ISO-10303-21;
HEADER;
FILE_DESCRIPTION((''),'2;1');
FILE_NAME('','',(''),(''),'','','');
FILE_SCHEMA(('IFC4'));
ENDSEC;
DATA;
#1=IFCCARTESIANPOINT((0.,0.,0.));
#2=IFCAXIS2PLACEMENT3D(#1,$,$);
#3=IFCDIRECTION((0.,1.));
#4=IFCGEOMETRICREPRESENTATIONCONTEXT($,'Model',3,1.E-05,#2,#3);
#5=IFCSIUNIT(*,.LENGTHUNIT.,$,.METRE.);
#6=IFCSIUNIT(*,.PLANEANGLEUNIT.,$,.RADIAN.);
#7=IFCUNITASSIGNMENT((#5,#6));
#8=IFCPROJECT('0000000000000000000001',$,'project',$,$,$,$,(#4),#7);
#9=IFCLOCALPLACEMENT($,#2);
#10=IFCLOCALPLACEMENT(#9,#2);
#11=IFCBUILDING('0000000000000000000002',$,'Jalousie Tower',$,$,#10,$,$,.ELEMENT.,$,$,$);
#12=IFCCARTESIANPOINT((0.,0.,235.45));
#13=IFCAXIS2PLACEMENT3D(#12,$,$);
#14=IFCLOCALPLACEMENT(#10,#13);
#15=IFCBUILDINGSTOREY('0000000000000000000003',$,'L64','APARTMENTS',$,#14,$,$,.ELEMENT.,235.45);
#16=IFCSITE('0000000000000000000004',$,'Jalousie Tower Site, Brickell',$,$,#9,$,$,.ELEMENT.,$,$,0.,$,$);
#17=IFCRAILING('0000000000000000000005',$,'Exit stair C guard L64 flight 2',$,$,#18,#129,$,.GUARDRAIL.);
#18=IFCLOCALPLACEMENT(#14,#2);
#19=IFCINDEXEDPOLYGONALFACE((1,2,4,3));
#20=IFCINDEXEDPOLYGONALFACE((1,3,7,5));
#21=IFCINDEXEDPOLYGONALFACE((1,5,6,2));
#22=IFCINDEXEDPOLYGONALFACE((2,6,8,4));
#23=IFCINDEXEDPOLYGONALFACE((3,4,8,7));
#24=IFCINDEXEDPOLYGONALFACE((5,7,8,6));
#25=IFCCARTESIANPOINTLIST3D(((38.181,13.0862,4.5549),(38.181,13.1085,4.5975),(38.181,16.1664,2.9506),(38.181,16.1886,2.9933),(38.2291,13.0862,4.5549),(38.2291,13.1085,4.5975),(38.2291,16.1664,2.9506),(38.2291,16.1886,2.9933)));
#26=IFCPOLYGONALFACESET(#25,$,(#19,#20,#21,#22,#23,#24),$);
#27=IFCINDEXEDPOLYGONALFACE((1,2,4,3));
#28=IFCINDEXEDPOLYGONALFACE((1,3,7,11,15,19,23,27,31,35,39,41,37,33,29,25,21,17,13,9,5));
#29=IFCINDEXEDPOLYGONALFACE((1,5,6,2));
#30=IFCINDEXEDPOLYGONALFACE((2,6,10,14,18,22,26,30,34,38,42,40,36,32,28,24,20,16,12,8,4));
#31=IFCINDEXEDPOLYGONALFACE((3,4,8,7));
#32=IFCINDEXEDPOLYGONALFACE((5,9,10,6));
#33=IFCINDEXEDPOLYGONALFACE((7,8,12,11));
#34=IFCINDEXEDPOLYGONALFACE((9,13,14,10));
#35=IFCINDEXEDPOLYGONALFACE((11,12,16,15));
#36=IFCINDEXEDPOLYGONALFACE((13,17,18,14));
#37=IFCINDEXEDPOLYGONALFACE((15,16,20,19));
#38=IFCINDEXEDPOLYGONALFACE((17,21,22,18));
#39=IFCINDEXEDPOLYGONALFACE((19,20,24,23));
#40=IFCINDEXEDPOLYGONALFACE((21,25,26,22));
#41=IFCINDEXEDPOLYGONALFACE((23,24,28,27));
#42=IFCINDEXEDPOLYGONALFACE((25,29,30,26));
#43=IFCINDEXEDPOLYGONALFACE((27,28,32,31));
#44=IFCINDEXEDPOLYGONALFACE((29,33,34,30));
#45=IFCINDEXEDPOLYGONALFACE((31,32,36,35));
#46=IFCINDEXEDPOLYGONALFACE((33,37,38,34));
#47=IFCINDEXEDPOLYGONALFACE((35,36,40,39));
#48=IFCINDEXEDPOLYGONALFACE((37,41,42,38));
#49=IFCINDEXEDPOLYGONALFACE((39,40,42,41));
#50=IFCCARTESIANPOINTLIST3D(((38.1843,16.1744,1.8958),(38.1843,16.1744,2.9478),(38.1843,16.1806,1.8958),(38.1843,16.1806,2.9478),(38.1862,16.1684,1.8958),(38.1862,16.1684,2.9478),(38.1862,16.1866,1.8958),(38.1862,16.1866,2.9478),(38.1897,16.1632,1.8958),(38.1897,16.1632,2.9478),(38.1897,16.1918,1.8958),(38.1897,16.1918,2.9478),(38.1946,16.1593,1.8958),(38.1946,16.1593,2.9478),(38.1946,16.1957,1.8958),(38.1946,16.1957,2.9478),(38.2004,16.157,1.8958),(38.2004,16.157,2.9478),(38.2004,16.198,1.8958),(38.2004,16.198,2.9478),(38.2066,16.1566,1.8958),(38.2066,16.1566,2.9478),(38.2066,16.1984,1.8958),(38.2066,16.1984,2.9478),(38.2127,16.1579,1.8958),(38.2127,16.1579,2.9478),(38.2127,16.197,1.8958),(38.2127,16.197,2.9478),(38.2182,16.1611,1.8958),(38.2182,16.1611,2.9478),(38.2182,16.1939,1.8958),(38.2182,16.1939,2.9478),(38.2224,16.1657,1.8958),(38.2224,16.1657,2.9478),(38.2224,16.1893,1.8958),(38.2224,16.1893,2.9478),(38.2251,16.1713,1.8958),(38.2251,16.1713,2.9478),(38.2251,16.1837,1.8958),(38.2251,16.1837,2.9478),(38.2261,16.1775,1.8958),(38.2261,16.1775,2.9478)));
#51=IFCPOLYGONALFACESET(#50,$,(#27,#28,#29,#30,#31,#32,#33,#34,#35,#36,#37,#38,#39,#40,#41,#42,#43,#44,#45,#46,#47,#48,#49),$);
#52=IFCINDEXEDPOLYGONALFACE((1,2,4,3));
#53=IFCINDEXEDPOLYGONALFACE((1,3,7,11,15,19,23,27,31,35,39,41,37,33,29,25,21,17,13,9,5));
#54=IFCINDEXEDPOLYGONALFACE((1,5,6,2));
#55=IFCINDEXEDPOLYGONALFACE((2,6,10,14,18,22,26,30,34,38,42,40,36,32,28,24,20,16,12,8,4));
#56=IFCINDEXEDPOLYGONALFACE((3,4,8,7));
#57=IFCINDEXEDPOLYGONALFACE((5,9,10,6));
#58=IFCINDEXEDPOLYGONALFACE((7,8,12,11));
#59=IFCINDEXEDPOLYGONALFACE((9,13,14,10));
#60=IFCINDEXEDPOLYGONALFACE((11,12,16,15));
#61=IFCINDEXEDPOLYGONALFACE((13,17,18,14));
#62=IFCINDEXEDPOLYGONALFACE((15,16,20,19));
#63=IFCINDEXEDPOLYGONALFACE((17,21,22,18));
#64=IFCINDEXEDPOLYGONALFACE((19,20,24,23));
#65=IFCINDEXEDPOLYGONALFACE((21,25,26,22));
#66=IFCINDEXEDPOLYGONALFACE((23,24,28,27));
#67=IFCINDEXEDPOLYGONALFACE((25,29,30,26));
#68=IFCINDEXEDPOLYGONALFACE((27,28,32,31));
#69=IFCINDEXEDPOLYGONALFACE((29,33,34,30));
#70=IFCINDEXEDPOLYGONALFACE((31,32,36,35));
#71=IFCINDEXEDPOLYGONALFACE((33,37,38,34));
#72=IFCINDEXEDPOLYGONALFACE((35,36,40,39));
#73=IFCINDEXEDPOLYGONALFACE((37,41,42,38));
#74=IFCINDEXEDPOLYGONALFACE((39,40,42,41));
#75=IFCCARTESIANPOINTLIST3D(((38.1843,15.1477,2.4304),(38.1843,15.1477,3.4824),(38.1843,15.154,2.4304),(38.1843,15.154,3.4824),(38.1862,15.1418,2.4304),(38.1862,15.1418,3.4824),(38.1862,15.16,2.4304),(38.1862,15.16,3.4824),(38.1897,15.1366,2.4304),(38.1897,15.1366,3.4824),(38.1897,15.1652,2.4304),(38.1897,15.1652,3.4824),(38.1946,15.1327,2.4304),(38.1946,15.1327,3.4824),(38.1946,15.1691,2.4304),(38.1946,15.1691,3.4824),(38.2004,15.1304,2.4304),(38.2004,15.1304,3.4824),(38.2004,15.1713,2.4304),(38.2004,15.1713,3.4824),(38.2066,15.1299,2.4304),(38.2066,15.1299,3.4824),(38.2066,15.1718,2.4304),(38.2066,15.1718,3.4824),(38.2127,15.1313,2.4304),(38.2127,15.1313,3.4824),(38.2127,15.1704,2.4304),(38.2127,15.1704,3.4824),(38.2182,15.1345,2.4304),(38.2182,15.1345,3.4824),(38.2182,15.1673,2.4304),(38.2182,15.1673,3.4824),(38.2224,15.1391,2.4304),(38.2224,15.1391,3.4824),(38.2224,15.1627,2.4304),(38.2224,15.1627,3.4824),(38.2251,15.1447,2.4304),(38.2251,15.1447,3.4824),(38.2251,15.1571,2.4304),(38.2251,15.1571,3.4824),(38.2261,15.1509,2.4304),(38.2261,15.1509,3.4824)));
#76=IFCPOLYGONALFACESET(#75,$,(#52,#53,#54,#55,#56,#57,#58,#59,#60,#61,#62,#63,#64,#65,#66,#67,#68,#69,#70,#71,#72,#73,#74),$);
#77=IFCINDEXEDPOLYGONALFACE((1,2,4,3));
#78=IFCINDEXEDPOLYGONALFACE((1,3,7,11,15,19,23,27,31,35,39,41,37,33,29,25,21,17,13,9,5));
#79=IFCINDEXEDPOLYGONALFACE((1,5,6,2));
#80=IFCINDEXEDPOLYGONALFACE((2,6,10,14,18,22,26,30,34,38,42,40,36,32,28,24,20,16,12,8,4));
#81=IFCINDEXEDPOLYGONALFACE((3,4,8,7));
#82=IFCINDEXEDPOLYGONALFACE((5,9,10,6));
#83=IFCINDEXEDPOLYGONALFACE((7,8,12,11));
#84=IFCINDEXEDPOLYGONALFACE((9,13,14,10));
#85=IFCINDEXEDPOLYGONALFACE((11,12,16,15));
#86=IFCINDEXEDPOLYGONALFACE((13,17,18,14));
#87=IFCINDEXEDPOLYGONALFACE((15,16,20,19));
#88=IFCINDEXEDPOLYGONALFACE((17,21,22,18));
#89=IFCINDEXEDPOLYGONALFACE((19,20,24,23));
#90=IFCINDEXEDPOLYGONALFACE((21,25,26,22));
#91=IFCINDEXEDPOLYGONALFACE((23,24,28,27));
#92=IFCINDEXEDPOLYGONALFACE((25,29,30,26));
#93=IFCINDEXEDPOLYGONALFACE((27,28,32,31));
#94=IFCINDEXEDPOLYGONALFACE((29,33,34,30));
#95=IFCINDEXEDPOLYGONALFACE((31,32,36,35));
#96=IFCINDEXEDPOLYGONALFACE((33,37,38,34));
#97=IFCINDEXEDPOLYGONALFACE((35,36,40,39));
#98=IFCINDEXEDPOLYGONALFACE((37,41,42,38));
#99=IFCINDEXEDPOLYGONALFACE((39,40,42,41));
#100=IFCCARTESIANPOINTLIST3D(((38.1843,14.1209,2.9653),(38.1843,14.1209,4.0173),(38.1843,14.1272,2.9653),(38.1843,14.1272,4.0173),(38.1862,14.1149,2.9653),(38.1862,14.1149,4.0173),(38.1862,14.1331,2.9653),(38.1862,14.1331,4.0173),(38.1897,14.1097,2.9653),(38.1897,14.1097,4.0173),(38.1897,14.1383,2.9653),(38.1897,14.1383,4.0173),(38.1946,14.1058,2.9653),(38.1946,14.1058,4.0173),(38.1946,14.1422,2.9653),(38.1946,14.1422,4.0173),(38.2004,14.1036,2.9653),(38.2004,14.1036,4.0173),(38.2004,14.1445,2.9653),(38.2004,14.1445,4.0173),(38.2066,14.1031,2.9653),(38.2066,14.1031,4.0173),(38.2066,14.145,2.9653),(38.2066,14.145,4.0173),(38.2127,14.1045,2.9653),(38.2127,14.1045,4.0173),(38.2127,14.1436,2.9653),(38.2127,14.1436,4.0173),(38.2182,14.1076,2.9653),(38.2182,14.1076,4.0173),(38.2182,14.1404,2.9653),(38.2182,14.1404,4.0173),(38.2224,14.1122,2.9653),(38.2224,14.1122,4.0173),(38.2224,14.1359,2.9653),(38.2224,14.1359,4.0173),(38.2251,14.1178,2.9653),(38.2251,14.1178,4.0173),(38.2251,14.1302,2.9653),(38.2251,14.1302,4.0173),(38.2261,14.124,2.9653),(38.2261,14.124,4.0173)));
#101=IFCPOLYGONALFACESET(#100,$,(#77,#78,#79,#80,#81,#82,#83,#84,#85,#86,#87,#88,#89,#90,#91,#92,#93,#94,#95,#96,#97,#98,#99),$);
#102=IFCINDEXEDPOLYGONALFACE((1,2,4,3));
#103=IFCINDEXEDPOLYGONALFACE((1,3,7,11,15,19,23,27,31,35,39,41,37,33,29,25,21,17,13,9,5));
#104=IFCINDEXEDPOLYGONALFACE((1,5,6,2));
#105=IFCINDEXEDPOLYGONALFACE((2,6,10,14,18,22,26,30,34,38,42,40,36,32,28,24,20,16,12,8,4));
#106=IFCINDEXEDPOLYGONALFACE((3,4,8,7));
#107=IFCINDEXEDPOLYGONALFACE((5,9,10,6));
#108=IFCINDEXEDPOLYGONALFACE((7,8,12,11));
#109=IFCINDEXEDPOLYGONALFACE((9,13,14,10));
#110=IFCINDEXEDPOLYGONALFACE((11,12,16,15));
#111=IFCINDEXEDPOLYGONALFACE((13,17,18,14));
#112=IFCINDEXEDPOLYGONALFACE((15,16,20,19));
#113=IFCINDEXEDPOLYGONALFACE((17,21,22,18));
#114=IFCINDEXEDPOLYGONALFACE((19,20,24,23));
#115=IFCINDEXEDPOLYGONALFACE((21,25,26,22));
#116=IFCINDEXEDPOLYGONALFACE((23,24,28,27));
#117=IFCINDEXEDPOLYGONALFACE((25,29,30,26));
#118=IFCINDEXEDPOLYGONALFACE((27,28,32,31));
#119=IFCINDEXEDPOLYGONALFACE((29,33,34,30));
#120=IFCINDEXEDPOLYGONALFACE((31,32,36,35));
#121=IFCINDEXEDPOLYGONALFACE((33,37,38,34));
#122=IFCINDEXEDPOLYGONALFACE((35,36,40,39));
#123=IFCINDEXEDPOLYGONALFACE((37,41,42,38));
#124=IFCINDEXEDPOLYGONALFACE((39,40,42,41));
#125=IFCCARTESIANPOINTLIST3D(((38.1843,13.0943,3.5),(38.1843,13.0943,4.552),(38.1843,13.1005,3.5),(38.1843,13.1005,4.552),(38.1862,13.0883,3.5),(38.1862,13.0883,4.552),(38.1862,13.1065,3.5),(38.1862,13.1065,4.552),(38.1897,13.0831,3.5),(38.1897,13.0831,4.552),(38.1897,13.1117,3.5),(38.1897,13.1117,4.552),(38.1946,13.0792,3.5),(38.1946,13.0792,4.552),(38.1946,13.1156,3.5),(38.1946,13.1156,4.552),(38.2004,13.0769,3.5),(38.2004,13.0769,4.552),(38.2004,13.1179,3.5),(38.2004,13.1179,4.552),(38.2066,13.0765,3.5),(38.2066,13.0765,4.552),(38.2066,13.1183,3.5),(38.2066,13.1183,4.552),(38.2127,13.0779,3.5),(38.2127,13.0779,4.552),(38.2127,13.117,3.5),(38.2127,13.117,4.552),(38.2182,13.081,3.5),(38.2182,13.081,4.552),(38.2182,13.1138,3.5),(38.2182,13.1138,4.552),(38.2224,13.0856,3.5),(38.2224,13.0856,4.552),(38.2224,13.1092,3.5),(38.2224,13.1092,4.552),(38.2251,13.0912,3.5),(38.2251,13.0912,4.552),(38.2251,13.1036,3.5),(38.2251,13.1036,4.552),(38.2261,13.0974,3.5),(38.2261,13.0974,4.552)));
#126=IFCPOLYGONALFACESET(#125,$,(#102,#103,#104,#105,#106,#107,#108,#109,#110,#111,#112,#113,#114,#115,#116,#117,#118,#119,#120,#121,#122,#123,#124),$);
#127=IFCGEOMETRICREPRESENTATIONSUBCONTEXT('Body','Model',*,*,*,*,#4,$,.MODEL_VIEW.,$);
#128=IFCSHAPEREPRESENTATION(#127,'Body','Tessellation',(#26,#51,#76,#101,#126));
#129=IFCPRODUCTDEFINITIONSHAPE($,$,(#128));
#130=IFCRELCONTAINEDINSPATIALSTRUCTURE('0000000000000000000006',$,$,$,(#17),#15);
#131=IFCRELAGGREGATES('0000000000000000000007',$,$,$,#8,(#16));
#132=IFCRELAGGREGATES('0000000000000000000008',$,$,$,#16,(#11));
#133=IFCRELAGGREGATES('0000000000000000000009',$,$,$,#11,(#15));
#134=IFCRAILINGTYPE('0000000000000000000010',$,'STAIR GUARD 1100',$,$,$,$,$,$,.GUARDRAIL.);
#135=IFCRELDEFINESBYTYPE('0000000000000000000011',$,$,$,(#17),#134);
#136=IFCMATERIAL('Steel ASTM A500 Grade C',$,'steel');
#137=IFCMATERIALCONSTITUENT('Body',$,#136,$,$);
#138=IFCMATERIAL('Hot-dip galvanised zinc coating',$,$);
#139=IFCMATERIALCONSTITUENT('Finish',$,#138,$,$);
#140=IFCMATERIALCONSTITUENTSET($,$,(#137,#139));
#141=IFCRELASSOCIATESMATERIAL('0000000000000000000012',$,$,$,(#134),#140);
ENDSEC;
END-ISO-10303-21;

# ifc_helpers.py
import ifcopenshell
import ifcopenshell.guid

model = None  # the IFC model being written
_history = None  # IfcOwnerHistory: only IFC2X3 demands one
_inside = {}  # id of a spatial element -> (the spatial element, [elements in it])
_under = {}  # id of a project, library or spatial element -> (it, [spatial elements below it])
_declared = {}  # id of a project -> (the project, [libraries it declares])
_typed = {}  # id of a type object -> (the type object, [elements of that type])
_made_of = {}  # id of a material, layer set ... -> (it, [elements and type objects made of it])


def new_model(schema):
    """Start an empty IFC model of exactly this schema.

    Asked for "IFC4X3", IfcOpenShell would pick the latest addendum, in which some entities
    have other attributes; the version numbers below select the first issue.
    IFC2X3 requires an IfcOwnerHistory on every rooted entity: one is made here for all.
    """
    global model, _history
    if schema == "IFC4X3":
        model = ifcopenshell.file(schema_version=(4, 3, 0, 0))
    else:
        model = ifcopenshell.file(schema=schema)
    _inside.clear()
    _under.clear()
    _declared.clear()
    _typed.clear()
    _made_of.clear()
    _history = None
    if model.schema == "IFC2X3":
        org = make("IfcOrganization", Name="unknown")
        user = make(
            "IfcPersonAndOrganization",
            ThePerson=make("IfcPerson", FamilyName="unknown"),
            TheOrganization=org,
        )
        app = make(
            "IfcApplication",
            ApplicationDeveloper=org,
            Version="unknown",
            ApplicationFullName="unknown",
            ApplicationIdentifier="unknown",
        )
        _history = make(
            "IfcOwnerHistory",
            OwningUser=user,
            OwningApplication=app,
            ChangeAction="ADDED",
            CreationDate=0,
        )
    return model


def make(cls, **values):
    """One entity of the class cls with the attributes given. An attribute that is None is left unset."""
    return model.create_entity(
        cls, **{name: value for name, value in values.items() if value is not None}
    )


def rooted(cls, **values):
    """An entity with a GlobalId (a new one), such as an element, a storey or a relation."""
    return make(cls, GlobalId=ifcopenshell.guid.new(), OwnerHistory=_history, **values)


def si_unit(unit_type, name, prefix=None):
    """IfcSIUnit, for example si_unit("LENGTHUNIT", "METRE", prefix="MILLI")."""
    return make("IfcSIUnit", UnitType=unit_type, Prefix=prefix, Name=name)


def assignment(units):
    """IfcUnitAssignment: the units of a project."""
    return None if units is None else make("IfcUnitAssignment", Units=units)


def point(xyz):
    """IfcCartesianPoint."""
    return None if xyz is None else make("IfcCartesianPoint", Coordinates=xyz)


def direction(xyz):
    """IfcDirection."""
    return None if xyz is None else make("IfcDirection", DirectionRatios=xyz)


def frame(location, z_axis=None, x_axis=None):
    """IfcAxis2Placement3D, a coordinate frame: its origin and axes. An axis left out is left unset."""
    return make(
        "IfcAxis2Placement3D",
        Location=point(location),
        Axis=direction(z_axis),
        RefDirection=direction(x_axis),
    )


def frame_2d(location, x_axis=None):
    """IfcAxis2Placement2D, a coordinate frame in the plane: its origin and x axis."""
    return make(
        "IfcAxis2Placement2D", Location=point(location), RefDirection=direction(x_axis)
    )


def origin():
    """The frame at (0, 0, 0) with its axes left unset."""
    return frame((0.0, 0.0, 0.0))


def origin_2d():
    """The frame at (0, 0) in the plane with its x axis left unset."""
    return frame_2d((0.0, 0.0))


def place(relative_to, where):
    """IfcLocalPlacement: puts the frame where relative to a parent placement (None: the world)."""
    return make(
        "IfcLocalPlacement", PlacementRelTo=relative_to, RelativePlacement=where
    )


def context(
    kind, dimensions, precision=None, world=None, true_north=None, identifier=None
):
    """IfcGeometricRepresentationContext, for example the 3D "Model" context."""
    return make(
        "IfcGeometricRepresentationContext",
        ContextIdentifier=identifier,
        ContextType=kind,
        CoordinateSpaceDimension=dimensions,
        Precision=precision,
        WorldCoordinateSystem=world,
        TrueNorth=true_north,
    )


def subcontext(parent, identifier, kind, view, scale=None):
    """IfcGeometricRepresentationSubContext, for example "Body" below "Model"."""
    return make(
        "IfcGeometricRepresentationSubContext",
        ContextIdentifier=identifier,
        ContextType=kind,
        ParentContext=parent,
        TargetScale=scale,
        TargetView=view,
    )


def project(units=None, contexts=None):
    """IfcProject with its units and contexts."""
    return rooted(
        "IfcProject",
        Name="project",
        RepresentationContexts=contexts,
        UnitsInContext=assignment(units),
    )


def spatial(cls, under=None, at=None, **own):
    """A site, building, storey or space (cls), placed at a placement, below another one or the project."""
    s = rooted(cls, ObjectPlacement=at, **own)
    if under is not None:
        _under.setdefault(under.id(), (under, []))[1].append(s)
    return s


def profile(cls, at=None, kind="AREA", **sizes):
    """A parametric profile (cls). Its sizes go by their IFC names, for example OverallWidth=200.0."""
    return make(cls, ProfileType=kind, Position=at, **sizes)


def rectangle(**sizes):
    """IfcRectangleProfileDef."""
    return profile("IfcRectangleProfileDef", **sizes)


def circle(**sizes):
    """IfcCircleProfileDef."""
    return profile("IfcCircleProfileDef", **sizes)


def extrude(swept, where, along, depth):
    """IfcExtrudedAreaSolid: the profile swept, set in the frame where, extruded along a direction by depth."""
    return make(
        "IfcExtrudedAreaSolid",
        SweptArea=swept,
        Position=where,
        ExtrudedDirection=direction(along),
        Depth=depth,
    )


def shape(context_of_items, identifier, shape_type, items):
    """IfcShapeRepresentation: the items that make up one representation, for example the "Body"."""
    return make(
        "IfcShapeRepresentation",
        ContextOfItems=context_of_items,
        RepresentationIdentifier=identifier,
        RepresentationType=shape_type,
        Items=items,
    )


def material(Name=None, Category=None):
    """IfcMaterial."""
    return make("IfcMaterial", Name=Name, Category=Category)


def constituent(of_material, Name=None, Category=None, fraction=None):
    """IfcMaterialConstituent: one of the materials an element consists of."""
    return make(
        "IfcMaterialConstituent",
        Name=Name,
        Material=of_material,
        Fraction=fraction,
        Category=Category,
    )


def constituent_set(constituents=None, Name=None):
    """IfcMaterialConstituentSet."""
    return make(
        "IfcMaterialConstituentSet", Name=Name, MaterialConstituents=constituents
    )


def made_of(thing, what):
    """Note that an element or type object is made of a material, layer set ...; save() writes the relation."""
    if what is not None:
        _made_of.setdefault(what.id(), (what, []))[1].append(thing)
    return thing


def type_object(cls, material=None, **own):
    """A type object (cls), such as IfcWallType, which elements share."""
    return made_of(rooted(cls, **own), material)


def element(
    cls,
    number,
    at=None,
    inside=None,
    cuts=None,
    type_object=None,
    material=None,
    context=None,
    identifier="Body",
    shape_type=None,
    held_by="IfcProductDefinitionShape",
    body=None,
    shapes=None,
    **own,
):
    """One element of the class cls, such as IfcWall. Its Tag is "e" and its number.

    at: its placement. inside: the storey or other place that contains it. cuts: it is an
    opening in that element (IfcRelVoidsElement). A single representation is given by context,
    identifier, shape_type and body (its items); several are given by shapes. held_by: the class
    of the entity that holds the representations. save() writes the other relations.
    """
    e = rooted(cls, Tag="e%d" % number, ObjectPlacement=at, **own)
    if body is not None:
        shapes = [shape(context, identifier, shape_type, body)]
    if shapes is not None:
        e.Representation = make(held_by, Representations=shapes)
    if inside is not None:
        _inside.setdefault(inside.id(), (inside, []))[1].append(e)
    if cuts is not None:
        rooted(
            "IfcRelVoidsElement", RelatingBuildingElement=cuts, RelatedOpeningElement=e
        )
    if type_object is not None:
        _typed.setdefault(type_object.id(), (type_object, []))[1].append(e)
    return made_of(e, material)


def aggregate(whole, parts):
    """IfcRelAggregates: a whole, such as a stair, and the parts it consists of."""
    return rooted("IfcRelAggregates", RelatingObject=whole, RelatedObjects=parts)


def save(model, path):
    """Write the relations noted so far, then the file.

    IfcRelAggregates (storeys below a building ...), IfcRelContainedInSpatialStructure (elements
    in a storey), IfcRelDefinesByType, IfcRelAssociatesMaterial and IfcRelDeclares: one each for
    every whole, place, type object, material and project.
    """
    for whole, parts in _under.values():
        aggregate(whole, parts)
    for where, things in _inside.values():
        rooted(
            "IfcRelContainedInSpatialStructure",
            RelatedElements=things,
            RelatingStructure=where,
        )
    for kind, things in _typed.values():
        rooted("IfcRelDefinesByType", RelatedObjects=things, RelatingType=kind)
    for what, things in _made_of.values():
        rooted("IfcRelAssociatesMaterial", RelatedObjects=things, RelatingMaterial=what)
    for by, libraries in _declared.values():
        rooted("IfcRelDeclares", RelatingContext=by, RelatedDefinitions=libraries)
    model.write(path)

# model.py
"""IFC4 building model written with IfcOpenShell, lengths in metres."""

from ifc_helpers import new_model, si_unit, direction, frame, origin, origin_2d, place, context, subcontext, project, spatial, rectangle, circle, extrude, material, constituent, constituent_set, type_object, element, save


model = new_model("IFC4")

# Units and contexts
model_context = context("Model", 3, precision=1e-05, world=origin(), true_north=direction((0.0, 1.0)))
body_context = subcontext(model_context, "Body", "Model", "MODEL_VIEW")
ifc_project = project(units=[si_unit("LENGTHUNIT", "METRE"), si_unit("PLANEANGLEUNIT", "RADIAN")], contexts=[model_context])

# Site, building, storey
site_placement = place(None, origin())
site = spatial("IfcSite", under=ifc_project, at=site_placement, Name="Jalousie Tower Site, Brickell", CompositionType="ELEMENT", RefElevation=0.0)
building_placement = place(site_placement, origin())
building = spatial("IfcBuilding", under=site, at=building_placement, Name="Jalousie Tower", CompositionType="ELEMENT")
storey_placement = place(building_placement, frame((0.0, 0.0, 235.45)))
storey = spatial("IfcBuildingStorey", under=building, at=storey_placement, Name="L64", Description="APARTMENTS", CompositionType="ELEMENT", Elevation=235.45)

# Railing
ifc_material_1 = material(Name="Steel ASTM A500 Grade C", Category="steel")
ifc_constituent_1 = constituent(ifc_material_1, Name="Body")
ifc_material_2 = material(Name="Hot-dip galvanised zinc coating")
ifc_constituent_2 = constituent(ifc_material_2, Name="Finish")
ifc_constituent_set_1 = constituent_set(constituents=[ifc_constituent_1, ifc_constituent_2])
railing_type_1 = type_object("IfcRailingType", Name="STAIR GUARD 1100", PredefinedType="GUARDRAIL", material=ifc_constituent_set_1)
railing_1_placement = place(storey_placement, frame((38.2051, 16.1775, 1.8958)))
element("IfcRailing", 1, at=railing_1_placement, inside=storey, type_object=railing_type_1, Name="Exit stair C guard L64 flight 2", PredefinedType="GUARDRAIL", context=body_context, shape_type="SweptSolid", body=[
    extrude(rectangle(XDim=0.0481, YDim=0.0481, at=origin_2d()), frame((0.0, 0.0, 1.0762), z_axis=(0.0, -0.886909, 0.461944), x_axis=(1.0, 0.0, 0.0)), (0.0, 0.0, 1.0), 3.4729),
    extrude(circle(Radius=0.021, at=origin_2d()), origin(), (0.0, 0.0, 1.0), 1.052),
    extrude(circle(Radius=0.021, at=origin_2d()), frame((0.0, -1.0266, 0.5347)), (0.0, 0.0, 1.0), 1.052),
    extrude(circle(Radius=0.021, at=origin_2d()), frame((0.0, -2.0535, 1.0696)), (0.0, 0.0, 1.0), 1.052),
    extrude(circle(Radius=0.021, at=origin_2d()), frame((0.0, -3.0801, 1.6042)), (0.0, 0.0, 1.0), 1.052),
])

save(model, "model.ifc")
